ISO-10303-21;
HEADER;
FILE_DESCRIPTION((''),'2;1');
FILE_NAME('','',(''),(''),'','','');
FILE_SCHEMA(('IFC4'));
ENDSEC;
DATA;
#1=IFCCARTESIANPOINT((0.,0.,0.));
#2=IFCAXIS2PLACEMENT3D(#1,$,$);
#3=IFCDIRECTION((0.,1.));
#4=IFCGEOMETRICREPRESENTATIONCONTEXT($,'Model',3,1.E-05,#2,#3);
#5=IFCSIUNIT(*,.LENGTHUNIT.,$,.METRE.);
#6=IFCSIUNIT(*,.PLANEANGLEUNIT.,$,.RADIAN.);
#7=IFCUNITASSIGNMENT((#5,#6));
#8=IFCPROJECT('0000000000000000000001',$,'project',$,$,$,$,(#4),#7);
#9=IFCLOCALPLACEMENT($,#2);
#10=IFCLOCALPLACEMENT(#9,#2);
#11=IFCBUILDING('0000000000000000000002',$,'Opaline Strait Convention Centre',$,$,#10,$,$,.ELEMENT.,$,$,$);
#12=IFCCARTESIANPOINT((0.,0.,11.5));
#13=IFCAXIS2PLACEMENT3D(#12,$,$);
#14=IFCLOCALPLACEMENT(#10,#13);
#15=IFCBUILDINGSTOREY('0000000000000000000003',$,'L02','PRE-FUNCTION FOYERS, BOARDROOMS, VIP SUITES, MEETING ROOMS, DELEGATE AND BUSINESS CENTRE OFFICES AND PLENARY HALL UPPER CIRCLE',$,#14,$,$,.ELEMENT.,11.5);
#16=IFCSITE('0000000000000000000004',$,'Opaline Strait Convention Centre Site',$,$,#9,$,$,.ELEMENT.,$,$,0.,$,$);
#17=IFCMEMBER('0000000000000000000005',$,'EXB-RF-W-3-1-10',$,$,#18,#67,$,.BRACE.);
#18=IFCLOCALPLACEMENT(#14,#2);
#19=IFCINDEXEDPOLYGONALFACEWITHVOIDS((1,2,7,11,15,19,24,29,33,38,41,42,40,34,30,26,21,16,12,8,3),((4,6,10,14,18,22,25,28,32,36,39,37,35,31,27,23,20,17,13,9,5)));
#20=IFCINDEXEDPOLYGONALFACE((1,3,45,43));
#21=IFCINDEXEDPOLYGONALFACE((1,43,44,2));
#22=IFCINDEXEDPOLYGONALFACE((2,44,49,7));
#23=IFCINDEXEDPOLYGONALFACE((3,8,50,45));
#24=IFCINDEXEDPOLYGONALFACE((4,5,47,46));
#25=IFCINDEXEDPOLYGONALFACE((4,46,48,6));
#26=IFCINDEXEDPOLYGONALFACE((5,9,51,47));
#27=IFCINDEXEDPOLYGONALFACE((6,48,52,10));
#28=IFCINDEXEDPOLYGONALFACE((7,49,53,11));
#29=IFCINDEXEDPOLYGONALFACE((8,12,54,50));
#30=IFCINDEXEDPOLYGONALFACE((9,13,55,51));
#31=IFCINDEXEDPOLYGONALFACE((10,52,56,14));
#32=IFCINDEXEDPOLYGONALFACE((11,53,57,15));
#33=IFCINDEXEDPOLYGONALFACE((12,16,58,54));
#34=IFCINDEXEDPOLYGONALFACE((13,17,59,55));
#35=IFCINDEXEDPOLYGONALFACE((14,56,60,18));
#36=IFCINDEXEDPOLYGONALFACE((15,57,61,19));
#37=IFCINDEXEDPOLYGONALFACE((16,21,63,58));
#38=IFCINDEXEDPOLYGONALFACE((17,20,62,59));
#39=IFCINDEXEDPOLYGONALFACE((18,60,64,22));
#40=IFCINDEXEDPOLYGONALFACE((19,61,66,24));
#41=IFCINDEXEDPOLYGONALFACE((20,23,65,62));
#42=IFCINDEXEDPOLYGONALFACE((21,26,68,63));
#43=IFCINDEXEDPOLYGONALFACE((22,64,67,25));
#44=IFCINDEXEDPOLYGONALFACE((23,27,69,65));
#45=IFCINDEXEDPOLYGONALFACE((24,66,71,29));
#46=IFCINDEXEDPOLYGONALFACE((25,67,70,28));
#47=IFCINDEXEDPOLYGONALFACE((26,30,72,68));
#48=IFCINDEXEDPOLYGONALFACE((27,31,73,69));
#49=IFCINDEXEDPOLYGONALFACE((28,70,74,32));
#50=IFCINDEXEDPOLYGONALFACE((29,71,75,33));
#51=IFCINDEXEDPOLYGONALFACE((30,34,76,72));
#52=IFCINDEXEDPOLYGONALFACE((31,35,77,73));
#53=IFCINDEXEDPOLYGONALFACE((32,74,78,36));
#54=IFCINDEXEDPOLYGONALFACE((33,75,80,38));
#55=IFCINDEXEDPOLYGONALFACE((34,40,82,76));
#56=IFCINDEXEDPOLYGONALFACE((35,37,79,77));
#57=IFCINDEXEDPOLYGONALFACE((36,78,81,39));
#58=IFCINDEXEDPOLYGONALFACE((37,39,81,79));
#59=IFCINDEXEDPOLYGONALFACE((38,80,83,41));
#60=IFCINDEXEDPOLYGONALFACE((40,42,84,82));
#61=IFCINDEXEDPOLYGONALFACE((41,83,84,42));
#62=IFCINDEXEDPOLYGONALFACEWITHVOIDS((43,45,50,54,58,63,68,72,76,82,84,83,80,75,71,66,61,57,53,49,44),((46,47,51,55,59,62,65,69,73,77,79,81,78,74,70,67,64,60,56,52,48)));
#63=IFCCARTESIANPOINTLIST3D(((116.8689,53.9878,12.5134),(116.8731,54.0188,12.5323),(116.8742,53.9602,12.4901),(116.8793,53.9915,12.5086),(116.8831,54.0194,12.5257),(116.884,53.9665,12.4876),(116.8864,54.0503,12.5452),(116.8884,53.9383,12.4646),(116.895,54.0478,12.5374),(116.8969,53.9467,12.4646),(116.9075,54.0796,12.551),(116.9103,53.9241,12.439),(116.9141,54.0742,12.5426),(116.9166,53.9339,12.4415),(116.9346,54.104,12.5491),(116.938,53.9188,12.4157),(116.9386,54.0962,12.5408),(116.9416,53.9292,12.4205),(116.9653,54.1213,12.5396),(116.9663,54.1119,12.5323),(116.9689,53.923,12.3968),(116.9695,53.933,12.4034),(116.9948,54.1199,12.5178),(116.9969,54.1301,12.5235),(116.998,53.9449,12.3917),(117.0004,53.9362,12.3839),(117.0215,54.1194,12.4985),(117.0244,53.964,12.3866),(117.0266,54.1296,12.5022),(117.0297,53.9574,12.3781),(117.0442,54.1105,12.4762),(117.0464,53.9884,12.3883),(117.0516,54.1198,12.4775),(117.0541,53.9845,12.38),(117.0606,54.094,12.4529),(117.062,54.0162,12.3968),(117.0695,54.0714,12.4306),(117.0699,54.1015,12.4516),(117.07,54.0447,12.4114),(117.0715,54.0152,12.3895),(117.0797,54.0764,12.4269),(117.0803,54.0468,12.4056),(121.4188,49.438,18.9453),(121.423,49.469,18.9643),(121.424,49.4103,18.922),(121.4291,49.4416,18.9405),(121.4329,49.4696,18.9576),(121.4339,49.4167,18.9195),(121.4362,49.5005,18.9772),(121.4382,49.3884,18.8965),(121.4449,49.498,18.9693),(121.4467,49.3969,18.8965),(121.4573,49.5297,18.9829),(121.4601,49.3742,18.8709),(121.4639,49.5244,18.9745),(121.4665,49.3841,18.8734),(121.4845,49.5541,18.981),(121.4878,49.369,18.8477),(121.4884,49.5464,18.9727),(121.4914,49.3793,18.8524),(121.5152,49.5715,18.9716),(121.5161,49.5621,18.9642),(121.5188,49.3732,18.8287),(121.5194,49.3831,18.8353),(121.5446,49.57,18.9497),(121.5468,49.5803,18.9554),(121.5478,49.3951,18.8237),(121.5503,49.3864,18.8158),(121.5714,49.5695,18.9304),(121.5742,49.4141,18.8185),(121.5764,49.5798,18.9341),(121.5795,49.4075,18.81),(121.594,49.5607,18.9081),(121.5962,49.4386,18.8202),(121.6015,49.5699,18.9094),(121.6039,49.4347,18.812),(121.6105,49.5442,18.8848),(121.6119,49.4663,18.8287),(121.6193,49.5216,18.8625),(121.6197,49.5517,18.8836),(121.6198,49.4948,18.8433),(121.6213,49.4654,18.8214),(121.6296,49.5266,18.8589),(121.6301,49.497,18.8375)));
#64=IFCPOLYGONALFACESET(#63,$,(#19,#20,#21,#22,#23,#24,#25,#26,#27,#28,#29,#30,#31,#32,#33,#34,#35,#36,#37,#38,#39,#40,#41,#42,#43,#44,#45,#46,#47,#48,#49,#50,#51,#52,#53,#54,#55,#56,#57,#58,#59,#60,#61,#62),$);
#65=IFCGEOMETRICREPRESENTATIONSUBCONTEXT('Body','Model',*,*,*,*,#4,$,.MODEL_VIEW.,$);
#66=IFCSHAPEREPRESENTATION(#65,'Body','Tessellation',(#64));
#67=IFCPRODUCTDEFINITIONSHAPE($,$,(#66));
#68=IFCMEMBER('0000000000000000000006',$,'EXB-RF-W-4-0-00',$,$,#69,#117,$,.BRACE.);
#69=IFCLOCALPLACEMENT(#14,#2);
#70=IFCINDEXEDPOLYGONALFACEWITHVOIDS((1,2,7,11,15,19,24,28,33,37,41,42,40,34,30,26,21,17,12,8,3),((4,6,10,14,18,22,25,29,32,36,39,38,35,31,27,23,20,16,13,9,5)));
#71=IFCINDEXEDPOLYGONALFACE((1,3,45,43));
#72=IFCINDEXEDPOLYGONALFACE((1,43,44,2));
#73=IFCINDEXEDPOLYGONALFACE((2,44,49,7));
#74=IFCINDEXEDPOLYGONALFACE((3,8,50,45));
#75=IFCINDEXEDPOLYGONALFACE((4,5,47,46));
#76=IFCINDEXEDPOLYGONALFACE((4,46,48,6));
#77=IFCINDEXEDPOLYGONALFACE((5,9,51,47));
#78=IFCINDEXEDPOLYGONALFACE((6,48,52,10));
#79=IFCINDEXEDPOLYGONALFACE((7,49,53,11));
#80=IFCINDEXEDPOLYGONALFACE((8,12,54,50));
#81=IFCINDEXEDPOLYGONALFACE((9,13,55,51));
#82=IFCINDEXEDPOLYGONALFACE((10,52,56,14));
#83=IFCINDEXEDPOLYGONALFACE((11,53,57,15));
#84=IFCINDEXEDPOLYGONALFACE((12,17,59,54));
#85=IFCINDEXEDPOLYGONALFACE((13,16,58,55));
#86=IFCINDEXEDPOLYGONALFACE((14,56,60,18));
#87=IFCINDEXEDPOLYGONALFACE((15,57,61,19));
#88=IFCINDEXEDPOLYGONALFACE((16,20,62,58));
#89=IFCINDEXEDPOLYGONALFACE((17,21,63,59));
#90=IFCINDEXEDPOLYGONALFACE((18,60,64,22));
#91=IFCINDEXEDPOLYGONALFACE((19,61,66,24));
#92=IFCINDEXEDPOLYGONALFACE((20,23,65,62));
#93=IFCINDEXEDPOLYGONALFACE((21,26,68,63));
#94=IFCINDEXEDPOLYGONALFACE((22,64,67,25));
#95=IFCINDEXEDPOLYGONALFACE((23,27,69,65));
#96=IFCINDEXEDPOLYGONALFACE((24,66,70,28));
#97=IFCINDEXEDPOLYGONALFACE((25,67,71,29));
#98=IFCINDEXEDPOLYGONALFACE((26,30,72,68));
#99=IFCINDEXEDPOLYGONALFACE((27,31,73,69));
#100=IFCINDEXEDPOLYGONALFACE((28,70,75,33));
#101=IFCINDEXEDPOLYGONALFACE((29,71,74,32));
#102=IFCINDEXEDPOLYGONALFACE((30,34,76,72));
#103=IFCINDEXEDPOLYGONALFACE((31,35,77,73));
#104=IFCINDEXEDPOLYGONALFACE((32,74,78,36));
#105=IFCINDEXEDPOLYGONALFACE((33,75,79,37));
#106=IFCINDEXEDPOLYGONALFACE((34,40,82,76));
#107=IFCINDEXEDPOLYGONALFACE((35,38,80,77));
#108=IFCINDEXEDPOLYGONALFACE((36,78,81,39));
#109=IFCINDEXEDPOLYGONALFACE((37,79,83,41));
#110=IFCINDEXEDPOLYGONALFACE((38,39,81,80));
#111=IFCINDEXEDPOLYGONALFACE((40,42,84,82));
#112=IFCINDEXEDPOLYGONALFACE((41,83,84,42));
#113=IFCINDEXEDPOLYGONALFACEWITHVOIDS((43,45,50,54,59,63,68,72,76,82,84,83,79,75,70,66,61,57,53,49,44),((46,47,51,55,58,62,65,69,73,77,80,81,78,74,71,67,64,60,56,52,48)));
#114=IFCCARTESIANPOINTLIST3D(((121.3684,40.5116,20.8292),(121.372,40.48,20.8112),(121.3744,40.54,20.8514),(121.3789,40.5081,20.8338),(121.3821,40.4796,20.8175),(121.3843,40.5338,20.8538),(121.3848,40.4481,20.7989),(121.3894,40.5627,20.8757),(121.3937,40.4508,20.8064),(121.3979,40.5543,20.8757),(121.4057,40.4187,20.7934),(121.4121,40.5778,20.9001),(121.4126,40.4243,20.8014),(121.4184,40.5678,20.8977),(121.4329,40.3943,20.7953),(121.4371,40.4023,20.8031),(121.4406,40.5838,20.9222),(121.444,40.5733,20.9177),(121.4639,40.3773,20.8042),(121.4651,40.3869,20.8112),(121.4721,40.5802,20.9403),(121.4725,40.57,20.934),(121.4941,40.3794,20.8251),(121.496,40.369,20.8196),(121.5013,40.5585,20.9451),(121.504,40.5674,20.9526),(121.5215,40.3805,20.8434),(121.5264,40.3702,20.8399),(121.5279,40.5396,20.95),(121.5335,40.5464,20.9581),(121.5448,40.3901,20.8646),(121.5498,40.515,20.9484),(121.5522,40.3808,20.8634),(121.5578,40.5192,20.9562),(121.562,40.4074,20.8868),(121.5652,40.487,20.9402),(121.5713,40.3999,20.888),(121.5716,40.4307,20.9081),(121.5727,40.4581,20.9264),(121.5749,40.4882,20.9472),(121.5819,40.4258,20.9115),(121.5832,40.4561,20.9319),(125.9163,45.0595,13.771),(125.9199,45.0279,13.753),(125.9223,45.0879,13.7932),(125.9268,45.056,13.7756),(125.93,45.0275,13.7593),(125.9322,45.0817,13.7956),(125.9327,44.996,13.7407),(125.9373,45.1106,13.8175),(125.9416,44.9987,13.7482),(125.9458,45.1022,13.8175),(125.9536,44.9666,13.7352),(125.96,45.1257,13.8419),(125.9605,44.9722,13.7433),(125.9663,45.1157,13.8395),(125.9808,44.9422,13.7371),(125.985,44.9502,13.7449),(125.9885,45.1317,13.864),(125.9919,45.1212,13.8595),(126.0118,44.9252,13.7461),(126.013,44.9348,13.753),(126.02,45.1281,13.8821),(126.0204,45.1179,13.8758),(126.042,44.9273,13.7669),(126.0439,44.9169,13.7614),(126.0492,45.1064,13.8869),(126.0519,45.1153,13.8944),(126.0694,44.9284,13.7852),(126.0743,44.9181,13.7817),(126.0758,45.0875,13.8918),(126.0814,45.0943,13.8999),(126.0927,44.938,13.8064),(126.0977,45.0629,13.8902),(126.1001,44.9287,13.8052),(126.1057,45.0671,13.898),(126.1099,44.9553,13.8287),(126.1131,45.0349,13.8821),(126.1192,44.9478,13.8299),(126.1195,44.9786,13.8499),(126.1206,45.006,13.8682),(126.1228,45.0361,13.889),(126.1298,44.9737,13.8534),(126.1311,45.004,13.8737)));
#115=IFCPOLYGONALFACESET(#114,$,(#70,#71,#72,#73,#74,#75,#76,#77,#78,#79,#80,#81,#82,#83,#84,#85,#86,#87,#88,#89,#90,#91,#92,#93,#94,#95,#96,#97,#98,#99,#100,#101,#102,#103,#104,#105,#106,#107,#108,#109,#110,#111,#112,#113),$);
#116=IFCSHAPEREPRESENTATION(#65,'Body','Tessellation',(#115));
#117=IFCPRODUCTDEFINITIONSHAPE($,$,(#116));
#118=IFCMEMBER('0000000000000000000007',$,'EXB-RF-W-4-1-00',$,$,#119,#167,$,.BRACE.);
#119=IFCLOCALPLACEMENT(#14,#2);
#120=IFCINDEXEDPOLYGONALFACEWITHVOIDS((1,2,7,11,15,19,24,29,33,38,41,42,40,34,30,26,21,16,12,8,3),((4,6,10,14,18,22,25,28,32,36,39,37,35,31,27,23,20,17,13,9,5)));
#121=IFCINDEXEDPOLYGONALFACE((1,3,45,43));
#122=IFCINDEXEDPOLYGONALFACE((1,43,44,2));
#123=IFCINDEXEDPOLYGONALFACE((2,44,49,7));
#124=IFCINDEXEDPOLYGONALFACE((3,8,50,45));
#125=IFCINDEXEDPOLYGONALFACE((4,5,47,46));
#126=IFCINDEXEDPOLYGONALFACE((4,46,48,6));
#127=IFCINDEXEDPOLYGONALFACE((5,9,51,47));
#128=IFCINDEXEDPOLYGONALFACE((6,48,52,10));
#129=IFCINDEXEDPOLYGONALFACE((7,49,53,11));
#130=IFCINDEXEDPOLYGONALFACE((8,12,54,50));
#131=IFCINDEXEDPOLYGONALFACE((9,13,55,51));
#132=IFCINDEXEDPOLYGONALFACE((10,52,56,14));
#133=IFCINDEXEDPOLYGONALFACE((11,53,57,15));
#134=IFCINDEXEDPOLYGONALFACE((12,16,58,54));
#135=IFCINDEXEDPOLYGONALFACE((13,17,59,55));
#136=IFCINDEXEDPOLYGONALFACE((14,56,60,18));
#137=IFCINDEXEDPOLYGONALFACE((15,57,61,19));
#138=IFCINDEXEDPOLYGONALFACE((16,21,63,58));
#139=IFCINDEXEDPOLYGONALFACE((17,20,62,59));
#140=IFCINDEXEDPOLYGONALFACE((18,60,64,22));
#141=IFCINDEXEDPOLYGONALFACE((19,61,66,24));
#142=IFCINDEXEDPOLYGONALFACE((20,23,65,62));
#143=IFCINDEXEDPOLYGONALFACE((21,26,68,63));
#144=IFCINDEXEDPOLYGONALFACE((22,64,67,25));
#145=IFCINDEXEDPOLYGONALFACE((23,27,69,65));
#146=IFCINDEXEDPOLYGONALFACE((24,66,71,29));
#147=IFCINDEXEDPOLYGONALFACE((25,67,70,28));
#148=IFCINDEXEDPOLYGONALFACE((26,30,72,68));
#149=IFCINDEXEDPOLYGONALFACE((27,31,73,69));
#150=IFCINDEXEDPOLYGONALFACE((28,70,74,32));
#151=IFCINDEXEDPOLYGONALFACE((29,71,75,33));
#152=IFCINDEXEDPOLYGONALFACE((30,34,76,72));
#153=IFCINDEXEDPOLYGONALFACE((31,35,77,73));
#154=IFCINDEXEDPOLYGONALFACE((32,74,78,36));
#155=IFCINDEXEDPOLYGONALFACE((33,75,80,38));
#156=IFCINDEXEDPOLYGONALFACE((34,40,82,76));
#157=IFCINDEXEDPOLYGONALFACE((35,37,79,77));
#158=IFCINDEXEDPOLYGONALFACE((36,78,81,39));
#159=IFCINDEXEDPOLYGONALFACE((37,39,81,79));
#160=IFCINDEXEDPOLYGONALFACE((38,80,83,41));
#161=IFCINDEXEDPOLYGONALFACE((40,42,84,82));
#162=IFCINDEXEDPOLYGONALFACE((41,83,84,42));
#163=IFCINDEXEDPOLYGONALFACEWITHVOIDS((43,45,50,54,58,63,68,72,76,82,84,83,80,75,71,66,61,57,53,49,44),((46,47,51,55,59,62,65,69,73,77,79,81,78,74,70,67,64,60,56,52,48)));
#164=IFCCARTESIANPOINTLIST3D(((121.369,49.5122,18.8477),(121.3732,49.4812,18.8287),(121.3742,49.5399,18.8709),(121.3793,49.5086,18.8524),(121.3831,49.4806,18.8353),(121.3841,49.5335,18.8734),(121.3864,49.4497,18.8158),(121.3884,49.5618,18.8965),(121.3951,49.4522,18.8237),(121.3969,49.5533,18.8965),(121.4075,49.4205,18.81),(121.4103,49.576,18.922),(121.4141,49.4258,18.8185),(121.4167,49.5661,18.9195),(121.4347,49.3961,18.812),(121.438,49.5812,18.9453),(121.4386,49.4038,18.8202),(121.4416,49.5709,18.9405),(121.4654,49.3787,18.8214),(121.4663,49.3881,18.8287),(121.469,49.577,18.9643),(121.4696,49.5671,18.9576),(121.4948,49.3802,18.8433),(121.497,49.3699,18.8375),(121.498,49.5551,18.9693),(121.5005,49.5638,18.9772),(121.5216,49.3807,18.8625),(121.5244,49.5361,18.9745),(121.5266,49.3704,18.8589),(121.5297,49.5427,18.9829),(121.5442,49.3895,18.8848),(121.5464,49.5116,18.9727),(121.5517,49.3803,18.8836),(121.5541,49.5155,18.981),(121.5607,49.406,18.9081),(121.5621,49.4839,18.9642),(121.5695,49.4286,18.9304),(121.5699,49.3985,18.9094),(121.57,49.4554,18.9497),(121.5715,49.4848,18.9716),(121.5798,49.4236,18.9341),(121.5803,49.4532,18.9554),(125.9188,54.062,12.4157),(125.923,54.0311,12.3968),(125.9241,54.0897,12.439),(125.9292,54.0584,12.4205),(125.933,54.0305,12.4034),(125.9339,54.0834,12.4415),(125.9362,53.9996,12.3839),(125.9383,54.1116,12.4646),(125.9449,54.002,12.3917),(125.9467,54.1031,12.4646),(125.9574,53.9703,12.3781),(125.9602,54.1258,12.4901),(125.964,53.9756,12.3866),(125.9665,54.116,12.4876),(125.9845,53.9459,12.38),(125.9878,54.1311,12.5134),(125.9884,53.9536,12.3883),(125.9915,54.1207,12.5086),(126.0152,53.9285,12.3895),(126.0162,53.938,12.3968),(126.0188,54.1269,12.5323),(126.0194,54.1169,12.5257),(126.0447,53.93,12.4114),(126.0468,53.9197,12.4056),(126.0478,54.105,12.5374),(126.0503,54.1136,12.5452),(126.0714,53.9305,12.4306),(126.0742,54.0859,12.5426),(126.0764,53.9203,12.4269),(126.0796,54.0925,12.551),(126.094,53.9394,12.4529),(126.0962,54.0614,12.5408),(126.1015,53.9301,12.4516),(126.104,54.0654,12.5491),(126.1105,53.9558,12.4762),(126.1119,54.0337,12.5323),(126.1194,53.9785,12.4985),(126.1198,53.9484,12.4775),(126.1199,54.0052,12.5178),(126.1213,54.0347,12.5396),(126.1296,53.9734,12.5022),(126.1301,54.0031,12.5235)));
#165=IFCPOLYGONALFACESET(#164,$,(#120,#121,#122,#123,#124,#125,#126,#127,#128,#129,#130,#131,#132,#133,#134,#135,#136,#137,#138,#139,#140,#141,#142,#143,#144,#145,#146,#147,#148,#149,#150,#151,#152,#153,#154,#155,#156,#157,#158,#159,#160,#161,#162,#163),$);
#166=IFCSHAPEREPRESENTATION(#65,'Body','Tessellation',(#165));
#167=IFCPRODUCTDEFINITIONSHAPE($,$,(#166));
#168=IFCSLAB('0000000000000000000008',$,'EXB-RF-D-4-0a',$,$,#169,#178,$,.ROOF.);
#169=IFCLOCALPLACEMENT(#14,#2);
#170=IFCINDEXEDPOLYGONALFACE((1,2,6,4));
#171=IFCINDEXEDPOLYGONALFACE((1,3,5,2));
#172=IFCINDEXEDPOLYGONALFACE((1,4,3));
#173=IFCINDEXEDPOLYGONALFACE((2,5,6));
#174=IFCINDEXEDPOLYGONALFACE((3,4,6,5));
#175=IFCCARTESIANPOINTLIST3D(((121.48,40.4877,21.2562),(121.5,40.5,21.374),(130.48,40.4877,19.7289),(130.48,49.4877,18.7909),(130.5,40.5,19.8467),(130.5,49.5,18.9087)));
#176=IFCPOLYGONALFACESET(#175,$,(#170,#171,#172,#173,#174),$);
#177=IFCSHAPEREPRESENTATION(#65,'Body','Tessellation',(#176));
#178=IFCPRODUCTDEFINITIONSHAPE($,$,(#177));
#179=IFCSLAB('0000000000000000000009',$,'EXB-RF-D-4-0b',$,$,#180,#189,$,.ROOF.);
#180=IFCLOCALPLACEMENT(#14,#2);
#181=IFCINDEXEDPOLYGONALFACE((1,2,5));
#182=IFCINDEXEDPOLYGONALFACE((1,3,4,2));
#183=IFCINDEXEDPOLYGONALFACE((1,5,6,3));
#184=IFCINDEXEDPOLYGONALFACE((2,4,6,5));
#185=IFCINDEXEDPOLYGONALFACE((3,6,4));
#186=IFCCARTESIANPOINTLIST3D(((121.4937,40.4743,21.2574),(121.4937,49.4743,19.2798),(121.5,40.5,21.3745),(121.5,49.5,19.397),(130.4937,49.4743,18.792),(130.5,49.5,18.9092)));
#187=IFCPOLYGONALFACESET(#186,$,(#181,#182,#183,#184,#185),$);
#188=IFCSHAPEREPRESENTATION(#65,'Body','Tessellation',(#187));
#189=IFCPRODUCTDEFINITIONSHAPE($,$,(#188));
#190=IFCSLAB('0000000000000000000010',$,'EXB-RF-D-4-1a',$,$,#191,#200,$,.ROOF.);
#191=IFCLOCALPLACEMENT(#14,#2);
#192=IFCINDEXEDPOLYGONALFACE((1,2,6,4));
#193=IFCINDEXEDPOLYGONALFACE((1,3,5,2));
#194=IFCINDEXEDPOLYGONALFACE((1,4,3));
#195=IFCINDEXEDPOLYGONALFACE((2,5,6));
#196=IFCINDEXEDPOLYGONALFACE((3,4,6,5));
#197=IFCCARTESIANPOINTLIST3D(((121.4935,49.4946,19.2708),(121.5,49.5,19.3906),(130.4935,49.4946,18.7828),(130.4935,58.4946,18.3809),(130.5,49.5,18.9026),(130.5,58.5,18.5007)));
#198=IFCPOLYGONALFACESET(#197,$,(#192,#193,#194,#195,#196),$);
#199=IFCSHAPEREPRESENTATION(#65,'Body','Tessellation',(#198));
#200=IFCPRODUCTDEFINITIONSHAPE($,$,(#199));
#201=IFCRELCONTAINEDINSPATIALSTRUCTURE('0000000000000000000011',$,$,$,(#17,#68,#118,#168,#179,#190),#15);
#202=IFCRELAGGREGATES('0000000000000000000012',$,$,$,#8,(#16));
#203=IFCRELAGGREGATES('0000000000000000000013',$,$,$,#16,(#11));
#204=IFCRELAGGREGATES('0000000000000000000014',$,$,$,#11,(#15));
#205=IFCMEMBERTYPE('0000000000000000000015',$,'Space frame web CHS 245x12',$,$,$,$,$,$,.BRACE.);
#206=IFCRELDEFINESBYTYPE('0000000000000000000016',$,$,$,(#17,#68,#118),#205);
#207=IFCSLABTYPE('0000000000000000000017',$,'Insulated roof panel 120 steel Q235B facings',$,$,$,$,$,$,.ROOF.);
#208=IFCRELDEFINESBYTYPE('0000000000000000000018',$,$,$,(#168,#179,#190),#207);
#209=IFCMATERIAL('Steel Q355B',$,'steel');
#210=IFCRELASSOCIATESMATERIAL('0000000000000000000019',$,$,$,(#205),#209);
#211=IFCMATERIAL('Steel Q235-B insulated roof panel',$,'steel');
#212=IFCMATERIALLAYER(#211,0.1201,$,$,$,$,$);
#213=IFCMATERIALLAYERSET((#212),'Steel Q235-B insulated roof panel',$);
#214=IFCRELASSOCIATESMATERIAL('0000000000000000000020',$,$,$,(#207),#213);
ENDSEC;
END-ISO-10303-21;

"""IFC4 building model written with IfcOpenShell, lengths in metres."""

from ifc_helpers import new_model, si_unit, direction, frame, origin, origin_2d, place, context, subcontext, project, spatial, polyline, hollow_circle, outline, extrude, material, layer, layer_set, material_profile, profile_set, type_object, element, save


model = new_model("IFC4")

# Units and contexts
model_context = context("Model", 3, precision=1e-05, world=origin(), true_north=direction((0.0, 1.0)))
body_context = subcontext(model_context, "Body", "Model", "MODEL_VIEW")
ifc_project = project(units=[si_unit("LENGTHUNIT", "METRE"), si_unit("PLANEANGLEUNIT", "RADIAN")], contexts=[model_context])

# Site, building, storey
site_placement = place(None, origin())
site = spatial("IfcSite", under=ifc_project, at=site_placement, Name="Opaline Strait Convention Centre Site", CompositionType="ELEMENT", RefElevation=0.0)
building_placement = place(site_placement, origin())
building = spatial("IfcBuilding", under=site, at=building_placement, Name="Opaline Strait Convention Centre", CompositionType="ELEMENT")
storey_placement = place(building_placement, frame((0.0, 0.0, 11.5)))
storey = spatial("IfcBuildingStorey", under=building, at=storey_placement, Name="L02", Description="PRE-FUNCTION FOYERS, BOARDROOMS, VIP SUITES, MEETING ROOMS, DELEGATE AND BUSINESS CENTRE OFFICES AND PLENARY HALL UPPER CIRCLE", CompositionType="ELEMENT", Elevation=11.5)

# Members
ifc_material_1 = material(Name="Steel Q355B", Category="steel")
ifc_material_profile_1 = material_profile(ifc_material_1, hollow_circle(Radius=0.1226, WallThickness=0.012, at=origin_2d()), Name="CHS 245x12")
ifc_profile_set_1 = profile_set([ifc_material_profile_1], Name="Steel Q355B")
member_type_1 = type_object("IfcMemberType", Name="Space frame web CHS 245x12", PredefinedType="BRACE", material=ifc_profile_set_1)
member_1_placement = place(storey_placement, frame((121.5249, 49.4751, 18.8965), z_axis=(-0.500098, 0.500098, -0.706969), x_axis=(-0.707107, -0.707107, 0.0)))
element("IfcMember", 1, at=member_1_placement, inside=storey, type_object=member_type_1, Name="EXB-RF-W-3-1-10", PredefinedType="BRACE", context=body_context, shape_type="SweptSolid", body=[
    extrude(hollow_circle(Radius=0.1226, WallThickness=0.012, at=origin_2d()), origin(), (0.0, 0.0, 1.0), 9.0979),
])
member_2_placement = place(storey_placement, frame((121.4761, 40.4761, 20.8757), z_axis=(0.476266, 0.476266, -0.739149), x_axis=(-0.707107, 0.707107, 0.0)))
element("IfcMember", 2, at=member_2_placement, inside=storey, type_object=member_type_1, Name="EXB-RF-W-4-0-00", PredefinedType="BRACE", context=body_context, shape_type="SweptSolid", body=[
    extrude(hollow_circle(Radius=0.1226, WallThickness=0.012, at=origin_2d()), origin(), (0.0, 0.0, 1.0), 9.5491),
])
member_3_placement = place(storey_placement, frame((121.4751, 49.4751, 18.8965), z_axis=(0.500098, 0.500098, -0.706969), x_axis=(-0.707107, 0.707107, 0.0)))
element("IfcMember", 3, at=member_3_placement, inside=storey, type_object=member_type_1, Name="EXB-RF-W-4-1-00", PredefinedType="BRACE", context=body_context, shape_type="SweptSolid", body=[
    extrude(hollow_circle(Radius=0.1226, WallThickness=0.012, at=origin_2d()), origin(), (0.0, 0.0, 1.0), 9.0979),
])

# Slabs
ifc_material_2 = material(Name="Steel Q235-B insulated roof panel", Category="steel")
ifc_layer_1 = layer(ifc_material_2, 0.1201)
ifc_layer_set_1 = layer_set([ifc_layer_1], Name="Steel Q235-B insulated roof panel")
slab_type = type_object("IfcSlabType", Name="Insulated roof panel 120 steel Q235B facings", PredefinedType="ROOF", material=ifc_layer_set_1)
slab_1_placement = place(storey_placement, frame((121.5, 40.5, 21.374), z_axis=(0.166436, 0.102214, 0.98074), x_axis=(0.985904, 0.0, -0.167313)))
element("IfcSlab", 4, at=slab_1_placement, inside=storey, type_object=slab_type, Name="EXB-RF-D-4-0a", PredefinedType="ROOF", context=body_context, shape_type="SweptSolid", body=[
    extrude(outline(polyline([(0.0, 0.0), (9.1287, 0.0), (9.2856, 9.0474), (0.0, 0.0)])), origin(), (0.0, 0.0, -1.0), 0.1201),
])
slab_2_placement = place(storey_placement, frame((121.5, 40.5, 21.3745), z_axis=(0.052862, 0.214307, 0.975335), x_axis=(0.694204, 0.694204, -0.19016)))
element("IfcSlab", 5, at=slab_2_placement, inside=storey, type_object=slab_type, Name="EXB-RF-D-4-0b", PredefinedType="ROOF", context=body_context, shape_type="SweptSolid", body=[
    extrude(outline(polyline([(0.0, 0.0), (12.9645, 0.0), (6.6239, 6.4058), (0.0, 0.0)])), origin(), (0.0, 0.0, -1.0), 0.1201),
])
slab_3_placement = place(storey_placement, frame((121.5, 49.5, 19.3906), z_axis=(0.054093, 0.044541, 0.997542), x_axis=(0.998533, 0.0, -0.054147)))
element("IfcSlab", 6, at=slab_3_placement, inside=storey, type_object=slab_type, Name="EXB-RF-D-4-1a", PredefinedType="ROOF", context=body_context, shape_type="SweptSolid", body=[
    extrude(outline(polyline([(0.0, 0.0), (9.0132, 0.0), (9.035, 9.0089), (0.0, 0.0)])), origin(), (0.0, 0.0, -1.0), 0.1201),
])

save(model, "model.ifc")
